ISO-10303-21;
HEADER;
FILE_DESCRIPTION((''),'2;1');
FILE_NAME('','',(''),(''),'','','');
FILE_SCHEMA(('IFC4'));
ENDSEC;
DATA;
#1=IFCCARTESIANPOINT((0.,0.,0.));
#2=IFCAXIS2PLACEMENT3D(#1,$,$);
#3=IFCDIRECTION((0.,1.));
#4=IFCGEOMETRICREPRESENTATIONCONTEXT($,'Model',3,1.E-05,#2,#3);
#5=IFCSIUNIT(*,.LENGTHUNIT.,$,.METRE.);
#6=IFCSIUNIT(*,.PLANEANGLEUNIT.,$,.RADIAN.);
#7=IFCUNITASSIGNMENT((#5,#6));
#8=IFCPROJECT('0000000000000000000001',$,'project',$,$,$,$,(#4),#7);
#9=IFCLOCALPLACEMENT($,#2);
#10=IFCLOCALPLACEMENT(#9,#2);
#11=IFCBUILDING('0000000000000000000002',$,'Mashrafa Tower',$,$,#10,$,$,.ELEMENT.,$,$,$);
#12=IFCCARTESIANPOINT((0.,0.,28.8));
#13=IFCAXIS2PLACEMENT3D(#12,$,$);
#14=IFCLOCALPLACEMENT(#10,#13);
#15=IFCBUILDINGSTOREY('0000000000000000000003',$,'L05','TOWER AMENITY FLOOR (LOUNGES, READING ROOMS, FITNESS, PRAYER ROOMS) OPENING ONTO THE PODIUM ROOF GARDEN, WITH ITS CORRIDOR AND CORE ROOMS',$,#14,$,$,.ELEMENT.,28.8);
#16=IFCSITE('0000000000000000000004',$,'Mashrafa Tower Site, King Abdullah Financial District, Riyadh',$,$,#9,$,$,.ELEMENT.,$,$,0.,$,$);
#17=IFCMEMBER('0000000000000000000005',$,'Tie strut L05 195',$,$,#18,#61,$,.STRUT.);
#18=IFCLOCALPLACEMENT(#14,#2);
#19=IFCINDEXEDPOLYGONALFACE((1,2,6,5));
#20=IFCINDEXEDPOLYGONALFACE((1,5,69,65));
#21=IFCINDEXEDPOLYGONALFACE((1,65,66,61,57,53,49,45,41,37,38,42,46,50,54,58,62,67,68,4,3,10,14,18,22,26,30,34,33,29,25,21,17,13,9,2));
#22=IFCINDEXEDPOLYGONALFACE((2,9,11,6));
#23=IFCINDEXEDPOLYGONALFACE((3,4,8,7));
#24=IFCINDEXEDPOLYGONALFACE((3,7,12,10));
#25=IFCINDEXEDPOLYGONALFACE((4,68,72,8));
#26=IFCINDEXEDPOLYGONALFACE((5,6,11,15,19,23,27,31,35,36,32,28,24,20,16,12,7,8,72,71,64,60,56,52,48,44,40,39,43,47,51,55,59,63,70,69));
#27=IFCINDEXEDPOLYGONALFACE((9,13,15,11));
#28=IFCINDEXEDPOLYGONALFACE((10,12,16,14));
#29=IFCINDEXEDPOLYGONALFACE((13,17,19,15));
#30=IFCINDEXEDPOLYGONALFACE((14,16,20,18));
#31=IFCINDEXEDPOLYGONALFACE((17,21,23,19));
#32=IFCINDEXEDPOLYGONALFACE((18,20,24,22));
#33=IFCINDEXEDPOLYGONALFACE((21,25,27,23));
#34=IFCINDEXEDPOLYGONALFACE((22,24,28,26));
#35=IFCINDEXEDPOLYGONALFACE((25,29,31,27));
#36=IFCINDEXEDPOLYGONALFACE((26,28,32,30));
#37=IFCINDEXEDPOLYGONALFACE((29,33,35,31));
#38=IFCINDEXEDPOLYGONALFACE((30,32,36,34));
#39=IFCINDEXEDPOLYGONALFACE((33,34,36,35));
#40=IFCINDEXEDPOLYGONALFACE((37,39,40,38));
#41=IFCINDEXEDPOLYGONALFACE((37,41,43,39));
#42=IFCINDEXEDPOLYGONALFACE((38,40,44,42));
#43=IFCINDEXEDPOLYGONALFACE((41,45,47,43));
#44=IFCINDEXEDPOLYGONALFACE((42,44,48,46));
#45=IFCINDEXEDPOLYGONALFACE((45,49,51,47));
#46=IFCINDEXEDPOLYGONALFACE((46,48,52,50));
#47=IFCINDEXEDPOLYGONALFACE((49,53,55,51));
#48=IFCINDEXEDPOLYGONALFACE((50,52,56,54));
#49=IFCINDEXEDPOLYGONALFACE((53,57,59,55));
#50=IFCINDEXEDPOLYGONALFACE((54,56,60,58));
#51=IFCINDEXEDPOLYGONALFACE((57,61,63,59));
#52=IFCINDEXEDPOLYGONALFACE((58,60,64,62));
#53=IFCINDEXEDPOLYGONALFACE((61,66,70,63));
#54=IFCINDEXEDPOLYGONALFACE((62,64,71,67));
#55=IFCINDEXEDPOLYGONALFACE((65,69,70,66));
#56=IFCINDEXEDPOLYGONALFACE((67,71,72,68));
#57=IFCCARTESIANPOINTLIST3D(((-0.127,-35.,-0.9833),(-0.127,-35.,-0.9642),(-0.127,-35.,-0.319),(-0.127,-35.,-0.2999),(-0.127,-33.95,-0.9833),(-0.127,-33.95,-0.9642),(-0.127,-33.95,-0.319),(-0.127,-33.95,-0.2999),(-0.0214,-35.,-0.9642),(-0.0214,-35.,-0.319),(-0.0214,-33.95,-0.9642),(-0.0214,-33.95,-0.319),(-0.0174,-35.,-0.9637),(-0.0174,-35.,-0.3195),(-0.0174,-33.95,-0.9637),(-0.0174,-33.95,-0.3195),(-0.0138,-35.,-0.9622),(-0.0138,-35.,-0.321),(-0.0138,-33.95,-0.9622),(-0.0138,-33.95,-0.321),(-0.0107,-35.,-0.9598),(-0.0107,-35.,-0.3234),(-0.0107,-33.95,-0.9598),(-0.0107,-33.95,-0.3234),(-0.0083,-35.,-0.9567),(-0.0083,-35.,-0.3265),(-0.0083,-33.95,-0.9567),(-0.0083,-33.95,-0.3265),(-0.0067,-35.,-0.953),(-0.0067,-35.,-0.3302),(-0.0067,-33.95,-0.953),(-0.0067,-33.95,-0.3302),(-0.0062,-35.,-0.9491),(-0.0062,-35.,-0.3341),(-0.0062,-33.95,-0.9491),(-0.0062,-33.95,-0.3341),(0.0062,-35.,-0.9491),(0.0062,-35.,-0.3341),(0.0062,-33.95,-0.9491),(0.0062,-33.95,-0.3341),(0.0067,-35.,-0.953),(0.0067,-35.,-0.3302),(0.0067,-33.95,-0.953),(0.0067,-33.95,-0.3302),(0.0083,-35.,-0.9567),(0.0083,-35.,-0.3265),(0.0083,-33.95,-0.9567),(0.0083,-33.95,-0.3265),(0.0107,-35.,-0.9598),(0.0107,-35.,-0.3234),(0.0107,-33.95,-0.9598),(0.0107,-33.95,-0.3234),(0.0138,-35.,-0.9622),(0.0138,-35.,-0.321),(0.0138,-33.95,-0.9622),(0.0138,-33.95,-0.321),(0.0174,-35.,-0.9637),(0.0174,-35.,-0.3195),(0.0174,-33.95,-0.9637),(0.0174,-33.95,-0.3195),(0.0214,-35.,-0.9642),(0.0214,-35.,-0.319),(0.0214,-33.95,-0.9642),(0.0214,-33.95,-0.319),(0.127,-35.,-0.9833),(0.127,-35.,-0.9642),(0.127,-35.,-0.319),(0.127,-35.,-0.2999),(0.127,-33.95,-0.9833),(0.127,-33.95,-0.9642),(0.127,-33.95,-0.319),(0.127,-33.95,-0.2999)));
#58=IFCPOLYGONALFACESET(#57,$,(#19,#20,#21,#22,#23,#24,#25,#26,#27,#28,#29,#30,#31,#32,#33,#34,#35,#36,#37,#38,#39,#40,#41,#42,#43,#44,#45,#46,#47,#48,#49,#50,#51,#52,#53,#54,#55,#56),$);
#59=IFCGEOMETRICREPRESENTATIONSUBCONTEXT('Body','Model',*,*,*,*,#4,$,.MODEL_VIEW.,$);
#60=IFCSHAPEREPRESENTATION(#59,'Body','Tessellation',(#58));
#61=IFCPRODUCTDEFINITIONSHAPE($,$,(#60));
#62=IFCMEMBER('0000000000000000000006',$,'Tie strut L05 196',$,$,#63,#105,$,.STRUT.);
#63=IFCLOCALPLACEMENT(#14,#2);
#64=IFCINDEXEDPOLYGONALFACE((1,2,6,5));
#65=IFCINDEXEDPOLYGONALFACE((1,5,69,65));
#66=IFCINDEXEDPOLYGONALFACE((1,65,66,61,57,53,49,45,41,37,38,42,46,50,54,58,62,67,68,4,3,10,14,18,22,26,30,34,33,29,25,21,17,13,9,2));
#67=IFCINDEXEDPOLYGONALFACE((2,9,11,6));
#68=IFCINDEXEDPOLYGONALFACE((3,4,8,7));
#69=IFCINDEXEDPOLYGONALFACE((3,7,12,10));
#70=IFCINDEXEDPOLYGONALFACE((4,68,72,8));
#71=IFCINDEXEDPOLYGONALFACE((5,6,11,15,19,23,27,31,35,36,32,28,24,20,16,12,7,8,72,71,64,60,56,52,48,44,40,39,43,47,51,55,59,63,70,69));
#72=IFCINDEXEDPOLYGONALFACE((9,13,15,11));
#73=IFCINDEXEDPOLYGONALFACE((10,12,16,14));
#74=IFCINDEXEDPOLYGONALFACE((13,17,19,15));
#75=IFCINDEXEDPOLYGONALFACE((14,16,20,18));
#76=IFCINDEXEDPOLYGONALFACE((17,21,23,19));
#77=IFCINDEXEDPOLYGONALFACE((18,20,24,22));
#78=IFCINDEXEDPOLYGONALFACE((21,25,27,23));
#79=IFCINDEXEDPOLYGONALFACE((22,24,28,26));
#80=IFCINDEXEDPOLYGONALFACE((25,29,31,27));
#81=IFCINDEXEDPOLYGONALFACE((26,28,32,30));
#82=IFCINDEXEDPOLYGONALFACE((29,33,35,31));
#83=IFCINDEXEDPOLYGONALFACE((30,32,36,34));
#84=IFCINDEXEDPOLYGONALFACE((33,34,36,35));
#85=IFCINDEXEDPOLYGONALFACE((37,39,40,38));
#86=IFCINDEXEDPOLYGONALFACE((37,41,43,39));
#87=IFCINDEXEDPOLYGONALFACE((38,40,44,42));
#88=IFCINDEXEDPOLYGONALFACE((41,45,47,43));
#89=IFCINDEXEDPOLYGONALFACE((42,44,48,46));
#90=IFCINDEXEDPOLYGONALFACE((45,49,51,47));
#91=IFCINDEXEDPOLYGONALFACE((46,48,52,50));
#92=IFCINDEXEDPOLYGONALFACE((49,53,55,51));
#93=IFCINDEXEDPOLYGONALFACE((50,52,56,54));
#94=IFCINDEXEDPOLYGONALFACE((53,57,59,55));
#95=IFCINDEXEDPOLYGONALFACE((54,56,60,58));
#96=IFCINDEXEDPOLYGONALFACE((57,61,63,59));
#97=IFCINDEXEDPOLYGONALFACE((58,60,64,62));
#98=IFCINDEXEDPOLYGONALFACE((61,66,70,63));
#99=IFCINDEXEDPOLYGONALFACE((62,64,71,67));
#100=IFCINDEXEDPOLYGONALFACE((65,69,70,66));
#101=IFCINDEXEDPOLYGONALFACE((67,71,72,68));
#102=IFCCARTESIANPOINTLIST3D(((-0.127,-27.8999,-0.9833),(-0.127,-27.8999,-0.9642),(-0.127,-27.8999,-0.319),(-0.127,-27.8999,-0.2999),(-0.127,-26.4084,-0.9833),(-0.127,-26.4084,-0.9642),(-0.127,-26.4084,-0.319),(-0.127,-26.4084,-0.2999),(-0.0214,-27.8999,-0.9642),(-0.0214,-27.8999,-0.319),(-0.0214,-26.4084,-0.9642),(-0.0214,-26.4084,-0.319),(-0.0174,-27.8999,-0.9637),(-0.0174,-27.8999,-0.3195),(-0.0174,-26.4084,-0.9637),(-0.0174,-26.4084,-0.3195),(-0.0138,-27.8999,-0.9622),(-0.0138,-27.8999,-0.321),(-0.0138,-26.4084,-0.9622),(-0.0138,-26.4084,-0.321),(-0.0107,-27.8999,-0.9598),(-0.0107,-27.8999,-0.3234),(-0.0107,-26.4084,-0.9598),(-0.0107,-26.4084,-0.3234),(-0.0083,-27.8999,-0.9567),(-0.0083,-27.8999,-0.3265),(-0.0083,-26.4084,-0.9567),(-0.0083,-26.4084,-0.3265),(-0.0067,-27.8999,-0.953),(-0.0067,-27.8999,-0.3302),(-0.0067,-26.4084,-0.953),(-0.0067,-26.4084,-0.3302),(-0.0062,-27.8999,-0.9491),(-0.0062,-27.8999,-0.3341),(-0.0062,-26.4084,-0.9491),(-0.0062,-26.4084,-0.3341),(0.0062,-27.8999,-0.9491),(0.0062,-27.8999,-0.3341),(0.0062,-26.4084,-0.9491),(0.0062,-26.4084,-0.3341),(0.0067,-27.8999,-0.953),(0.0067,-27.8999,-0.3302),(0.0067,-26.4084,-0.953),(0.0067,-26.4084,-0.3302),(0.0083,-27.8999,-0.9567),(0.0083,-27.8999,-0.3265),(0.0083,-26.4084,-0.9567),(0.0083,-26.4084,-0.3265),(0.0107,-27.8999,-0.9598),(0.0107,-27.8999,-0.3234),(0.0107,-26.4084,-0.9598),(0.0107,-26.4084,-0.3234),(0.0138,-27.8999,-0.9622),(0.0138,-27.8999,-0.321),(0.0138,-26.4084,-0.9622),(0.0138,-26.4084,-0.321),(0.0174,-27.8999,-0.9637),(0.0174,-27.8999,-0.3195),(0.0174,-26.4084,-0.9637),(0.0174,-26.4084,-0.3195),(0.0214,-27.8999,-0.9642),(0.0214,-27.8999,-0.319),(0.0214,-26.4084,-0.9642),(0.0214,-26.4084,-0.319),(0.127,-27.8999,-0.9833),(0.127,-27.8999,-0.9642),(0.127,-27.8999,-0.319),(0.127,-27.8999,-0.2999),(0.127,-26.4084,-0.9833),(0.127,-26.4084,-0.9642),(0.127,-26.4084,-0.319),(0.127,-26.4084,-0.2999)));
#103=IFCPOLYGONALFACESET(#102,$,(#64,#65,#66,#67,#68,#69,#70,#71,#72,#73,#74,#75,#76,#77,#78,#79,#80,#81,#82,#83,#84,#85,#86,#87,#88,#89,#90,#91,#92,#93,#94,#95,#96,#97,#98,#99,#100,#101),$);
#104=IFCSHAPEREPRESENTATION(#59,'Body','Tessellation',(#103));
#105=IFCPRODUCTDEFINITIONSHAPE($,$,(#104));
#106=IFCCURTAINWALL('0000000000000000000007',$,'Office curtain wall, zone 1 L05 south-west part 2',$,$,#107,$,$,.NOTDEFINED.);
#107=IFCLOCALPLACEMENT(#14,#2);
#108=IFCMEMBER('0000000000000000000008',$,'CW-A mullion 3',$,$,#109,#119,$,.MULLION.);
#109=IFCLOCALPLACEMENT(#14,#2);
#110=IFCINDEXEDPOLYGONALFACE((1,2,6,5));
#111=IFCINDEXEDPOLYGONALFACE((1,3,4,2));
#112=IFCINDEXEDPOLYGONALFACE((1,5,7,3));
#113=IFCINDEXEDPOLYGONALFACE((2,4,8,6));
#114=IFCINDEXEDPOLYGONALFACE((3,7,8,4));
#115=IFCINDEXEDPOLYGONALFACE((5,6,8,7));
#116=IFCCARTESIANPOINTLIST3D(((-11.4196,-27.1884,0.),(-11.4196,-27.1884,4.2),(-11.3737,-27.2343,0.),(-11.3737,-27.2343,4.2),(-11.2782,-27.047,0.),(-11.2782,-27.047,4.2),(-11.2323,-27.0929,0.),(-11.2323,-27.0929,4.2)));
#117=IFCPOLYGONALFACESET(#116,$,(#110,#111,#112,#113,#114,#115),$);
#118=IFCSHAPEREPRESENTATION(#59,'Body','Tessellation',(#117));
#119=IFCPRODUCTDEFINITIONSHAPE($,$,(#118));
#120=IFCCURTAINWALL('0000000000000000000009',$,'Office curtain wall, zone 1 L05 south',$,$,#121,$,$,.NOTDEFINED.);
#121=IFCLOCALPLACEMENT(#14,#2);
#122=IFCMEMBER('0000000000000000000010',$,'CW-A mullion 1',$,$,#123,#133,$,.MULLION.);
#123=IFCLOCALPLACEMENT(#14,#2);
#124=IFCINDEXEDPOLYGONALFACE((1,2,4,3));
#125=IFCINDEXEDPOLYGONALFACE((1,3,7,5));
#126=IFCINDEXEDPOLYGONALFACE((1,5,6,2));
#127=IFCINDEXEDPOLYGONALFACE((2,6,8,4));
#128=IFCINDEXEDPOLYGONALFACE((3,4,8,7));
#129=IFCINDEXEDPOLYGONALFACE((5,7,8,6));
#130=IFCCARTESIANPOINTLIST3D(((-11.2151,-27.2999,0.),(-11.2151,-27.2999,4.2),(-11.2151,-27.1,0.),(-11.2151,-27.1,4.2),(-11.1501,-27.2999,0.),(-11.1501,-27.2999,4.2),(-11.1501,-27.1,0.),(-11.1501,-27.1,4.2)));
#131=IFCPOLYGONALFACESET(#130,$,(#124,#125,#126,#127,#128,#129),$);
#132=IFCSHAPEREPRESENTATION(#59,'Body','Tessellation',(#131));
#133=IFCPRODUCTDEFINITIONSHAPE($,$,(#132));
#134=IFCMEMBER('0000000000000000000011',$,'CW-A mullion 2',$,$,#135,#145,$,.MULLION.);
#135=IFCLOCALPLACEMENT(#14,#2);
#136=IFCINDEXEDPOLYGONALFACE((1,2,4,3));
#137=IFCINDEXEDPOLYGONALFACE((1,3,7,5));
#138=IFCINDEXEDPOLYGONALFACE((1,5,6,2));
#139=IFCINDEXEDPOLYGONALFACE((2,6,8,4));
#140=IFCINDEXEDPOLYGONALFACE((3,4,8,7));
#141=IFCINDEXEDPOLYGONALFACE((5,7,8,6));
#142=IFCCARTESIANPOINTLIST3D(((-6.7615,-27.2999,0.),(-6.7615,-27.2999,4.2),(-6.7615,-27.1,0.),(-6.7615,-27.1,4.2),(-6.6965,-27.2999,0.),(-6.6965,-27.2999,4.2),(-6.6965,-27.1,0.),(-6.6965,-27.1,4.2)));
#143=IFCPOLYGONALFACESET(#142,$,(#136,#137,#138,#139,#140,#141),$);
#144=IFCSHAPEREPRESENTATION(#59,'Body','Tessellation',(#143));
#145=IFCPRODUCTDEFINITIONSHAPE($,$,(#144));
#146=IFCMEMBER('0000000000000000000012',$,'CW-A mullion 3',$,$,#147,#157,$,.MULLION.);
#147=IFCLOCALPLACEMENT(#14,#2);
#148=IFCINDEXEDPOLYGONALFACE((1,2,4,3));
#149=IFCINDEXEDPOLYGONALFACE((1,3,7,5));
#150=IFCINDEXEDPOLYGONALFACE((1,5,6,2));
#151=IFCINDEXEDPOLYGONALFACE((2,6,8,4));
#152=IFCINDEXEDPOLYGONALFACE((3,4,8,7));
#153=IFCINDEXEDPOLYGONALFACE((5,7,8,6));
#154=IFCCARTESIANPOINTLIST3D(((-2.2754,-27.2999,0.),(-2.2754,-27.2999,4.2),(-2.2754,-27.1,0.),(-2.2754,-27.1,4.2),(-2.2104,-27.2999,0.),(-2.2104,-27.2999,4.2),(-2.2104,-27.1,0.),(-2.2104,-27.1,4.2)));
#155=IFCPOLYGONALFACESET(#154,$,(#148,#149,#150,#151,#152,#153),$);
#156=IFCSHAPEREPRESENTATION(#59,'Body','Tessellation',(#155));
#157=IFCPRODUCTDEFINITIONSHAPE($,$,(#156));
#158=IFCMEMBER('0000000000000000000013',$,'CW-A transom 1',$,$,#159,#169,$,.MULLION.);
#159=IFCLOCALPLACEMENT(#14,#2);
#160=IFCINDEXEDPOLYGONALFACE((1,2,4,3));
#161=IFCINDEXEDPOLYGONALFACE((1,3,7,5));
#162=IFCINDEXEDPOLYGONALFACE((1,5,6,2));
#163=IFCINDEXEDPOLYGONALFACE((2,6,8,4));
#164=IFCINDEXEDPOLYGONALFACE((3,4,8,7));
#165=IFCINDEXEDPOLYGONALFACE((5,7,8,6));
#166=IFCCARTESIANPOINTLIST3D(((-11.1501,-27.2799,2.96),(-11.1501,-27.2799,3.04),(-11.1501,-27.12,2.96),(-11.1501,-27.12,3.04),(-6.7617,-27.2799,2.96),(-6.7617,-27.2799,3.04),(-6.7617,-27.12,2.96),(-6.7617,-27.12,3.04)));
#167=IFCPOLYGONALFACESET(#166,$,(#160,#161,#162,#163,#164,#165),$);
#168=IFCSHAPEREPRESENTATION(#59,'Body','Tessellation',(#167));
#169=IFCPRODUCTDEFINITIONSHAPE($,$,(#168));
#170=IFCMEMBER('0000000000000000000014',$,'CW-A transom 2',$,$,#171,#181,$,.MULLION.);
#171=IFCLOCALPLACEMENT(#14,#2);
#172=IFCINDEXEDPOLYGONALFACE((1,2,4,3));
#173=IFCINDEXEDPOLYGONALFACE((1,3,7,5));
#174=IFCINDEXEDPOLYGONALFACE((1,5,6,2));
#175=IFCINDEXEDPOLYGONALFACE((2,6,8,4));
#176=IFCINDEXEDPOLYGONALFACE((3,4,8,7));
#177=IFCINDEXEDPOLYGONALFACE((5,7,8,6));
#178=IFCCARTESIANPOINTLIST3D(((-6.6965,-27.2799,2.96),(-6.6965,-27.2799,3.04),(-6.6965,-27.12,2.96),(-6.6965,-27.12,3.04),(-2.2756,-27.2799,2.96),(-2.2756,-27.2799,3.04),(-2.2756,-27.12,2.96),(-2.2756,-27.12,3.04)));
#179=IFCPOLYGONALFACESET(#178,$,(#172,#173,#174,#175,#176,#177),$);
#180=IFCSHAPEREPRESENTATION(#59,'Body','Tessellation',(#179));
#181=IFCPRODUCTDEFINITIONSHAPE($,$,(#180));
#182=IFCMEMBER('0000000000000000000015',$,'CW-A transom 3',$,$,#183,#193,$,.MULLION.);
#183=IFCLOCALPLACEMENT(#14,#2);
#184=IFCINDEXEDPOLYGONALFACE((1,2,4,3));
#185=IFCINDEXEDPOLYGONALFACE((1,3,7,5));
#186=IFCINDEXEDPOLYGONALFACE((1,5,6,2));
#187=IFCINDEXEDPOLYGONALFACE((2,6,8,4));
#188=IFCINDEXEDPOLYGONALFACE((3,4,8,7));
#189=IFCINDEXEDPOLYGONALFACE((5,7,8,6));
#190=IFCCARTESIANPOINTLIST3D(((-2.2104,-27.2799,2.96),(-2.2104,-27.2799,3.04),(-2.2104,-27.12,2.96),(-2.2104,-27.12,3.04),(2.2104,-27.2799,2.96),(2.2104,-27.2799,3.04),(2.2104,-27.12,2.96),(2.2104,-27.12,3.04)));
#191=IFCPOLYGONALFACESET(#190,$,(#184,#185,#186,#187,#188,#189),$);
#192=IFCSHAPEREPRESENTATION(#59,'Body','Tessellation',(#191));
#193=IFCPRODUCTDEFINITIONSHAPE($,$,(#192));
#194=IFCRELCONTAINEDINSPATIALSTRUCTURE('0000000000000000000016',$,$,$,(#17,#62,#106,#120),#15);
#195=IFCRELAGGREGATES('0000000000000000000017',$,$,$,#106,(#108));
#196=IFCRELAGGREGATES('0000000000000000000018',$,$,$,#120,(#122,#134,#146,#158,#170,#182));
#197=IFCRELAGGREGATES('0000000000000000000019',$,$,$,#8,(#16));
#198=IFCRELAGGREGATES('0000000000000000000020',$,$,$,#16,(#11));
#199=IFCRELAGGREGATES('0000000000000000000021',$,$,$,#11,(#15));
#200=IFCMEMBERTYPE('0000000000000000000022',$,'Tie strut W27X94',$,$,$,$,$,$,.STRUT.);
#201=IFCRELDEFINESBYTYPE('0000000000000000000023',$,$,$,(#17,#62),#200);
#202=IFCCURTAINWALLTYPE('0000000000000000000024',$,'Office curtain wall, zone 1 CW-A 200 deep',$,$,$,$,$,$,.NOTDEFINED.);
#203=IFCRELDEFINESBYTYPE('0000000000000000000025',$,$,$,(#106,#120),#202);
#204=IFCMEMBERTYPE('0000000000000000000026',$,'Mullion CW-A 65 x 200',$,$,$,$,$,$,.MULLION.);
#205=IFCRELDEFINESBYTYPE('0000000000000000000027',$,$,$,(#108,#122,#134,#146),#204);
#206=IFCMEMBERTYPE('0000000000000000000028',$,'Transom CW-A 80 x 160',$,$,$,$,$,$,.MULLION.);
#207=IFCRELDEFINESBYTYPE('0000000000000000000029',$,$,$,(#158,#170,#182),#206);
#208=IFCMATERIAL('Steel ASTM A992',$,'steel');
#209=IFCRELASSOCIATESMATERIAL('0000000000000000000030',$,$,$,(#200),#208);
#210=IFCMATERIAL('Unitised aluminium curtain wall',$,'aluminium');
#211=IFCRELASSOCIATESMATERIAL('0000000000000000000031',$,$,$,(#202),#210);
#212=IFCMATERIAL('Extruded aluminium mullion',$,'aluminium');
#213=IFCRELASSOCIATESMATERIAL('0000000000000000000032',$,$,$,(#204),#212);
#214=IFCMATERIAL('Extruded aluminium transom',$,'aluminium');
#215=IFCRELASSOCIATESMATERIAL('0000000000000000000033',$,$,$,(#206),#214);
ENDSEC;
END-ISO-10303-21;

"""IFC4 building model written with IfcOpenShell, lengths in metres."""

from ifc_helpers import new_model, si_unit, direction, frame, origin, origin_2d, place, context, subcontext, project, spatial, rectangle, i_section, extrude, source, transform, mapped, material, material_profile, profile_set, type_object, type_shapes, element, aggregate, save


model = new_model("IFC4")

# Units and contexts
model_context = context("Model", 3, precision=1e-05, world=origin(), true_north=direction((0.0, 1.0)))
body_context = subcontext(model_context, "Body", "Model", "MODEL_VIEW")
ifc_project = project(units=[si_unit("LENGTHUNIT", "METRE"), si_unit("PLANEANGLEUNIT", "RADIAN")], contexts=[model_context])

# Site, building, storey
site_placement = place(None, origin())
site = spatial("IfcSite", under=ifc_project, at=site_placement, Name="Mashrafa Tower Site, King Abdullah Financial District, Riyadh", CompositionType="ELEMENT", RefElevation=0.0)
building_placement = place(site_placement, origin())
building = spatial("IfcBuilding", under=site, at=building_placement, Name="Mashrafa Tower", CompositionType="ELEMENT")
storey_placement = place(building_placement, frame((0.0, 0.0, 28.8)))
storey = spatial("IfcBuildingStorey", under=building, at=storey_placement, Name="L05", Description="TOWER AMENITY FLOOR (LOUNGES, READING ROOMS, FITNESS, PRAYER ROOMS) OPENING ONTO THE PODIUM ROOF GARDEN, WITH ITS CORRIDOR AND CORE ROOMS", CompositionType="ELEMENT", Elevation=28.8)

# Members
ifc_material_1 = material(Name="Steel ASTM A992", Category="steel")
ifc_material_profile_1 = material_profile(ifc_material_1, i_section(OverallWidth=0.2539, OverallDepth=0.6833, WebThickness=0.0125, FlangeThickness=0.019, FilletRadius=0.0151, at=origin_2d()), Name="W27X94")
ifc_profile_set_1 = profile_set([ifc_material_profile_1], Name="Steel ASTM A992")
member_type_1 = type_object("IfcMemberType", Name="Tie strut W27X94", PredefinedType="STRUT", material=ifc_profile_set_1)
shared_shape_1 = source(origin(), body_context, "Body", "SweptSolid", [
    extrude(i_section(OverallWidth=0.2539, OverallDepth=0.6833, WebThickness=0.0125, FlangeThickness=0.019, FilletRadius=0.0151, at=origin_2d()), origin(), (0.0, 0.0, 1.0), 1.05),
])
member_1_placement = place(storey_placement, frame((0.0, -33.95, -0.6416), z_axis=(0.0, -1.0, 0.0), x_axis=(1.0, 0.0, 0.0)))
element("IfcMember", 1, at=member_1_placement, inside=storey, type_object=member_type_1, Name="Tie strut L05 195", PredefinedType="STRUT", context=body_context, shape_type="MappedRepresentation", body=[
    mapped(shared_shape_1, transform((0.0, 0.0, 0.0))),
])
shared_shape_2 = source(origin(), body_context, "Body", "SweptSolid", [
    extrude(i_section(OverallWidth=0.2539, OverallDepth=0.6833, WebThickness=0.0125, FlangeThickness=0.019, FilletRadius=0.0151, at=origin_2d()), origin(), (0.0, 0.0, 1.0), 1.4915),
])
type_shapes(member_type_1, [shared_shape_1, shared_shape_2])
member_2_placement = place(storey_placement, frame((0.0, -26.4084, -0.6416), z_axis=(0.0, -1.0, 0.0), x_axis=(1.0, 0.0, 0.0)))
element("IfcMember", 2, at=member_2_placement, inside=storey, type_object=member_type_1, Name="Tie strut L05 196", PredefinedType="STRUT", context=body_context, shape_type="MappedRepresentation", body=[
    mapped(shared_shape_2, transform((0.0, 0.0, 0.0))),
])

# Curtain wall, member
ifc_material_2 = material(Name="Unitised aluminium curtain wall", Category="aluminium")
curtain_wall_type = type_object("IfcCurtainWallType", Name="Office curtain wall, zone 1 CW-A 200 deep", PredefinedType="NOTDEFINED", material=ifc_material_2)
curtain_wall_1_placement = place(storey_placement, origin())
curtain_wall_1 = element("IfcCurtainWall", 3, at=curtain_wall_1_placement, inside=storey, type_object=curtain_wall_type, Name="Office curtain wall, zone 1 L05 south-west part 2", PredefinedType="NOTDEFINED")
ifc_material_3 = material(Name="Extruded aluminium mullion", Category="aluminium")
ifc_material_profile_2 = material_profile(ifc_material_3, rectangle(XDim=0.2, YDim=0.0649, at=origin_2d()), Name="Mullion 65x200")
ifc_profile_set_2 = profile_set([ifc_material_profile_2], Name="Extruded aluminium mullion")
member_type_2 = type_object("IfcMemberType", Name="Mullion CW-A 65 x 200", PredefinedType="MULLION", material=ifc_profile_set_2)
shared_shape_3 = source(origin(), body_context, "Body", "SweptSolid", [
    extrude(rectangle(XDim=0.2, YDim=0.0649, at=origin_2d()), origin(), (0.0, 0.0, 1.0), 4.2),
])
type_shapes(member_type_2, [shared_shape_3])
member_3_placement = place(storey_placement, frame((-11.3259, -27.1406, 0.0), z_axis=(0.0, 0.0, 1.0), x_axis=(0.707107, 0.707107, 0.0)))
member_3 = element("IfcMember", 4, at=member_3_placement, type_object=member_type_2, Name="CW-A mullion 3", PredefinedType="MULLION", context=body_context, shape_type="MappedRepresentation", body=[
    mapped(shared_shape_3, transform((0.0, 0.0, 0.0))),
])

# Curtain wall, members
curtain_wall_2_placement = place(storey_placement, origin())
curtain_wall_2 = element("IfcCurtainWall", 5, at=curtain_wall_2_placement, inside=storey, type_object=curtain_wall_type, Name="Office curtain wall, zone 1 L05 south", PredefinedType="NOTDEFINED")
member_4_placement = place(storey_placement, frame((-11.1826, -27.2, 0.0), z_axis=(0.0, 0.0, 1.0), x_axis=(0.0, 1.0, 0.0)))
member_4 = element("IfcMember", 6, at=member_4_placement, type_object=member_type_2, Name="CW-A mullion 1", PredefinedType="MULLION", context=body_context, shape_type="MappedRepresentation", body=[
    mapped(shared_shape_3, transform((0.0, 0.0, 0.0))),
])
member_5_placement = place(storey_placement, frame((-6.729, -27.2, 0.0), z_axis=(0.0, 0.0, 1.0), x_axis=(0.0, 1.0, 0.0)))
member_5 = element("IfcMember", 7, at=member_5_placement, type_object=member_type_2, Name="CW-A mullion 2", PredefinedType="MULLION", context=body_context, shape_type="MappedRepresentation", body=[
    mapped(shared_shape_3, transform((0.0, 0.0, 0.0))),
])
member_6_placement = place(storey_placement, frame((-2.2429, -27.2, 0.0), z_axis=(0.0, 0.0, 1.0), x_axis=(0.0, 1.0, 0.0)))
member_6 = element("IfcMember", 8, at=member_6_placement, type_object=member_type_2, Name="CW-A mullion 3", PredefinedType="MULLION", context=body_context, shape_type="MappedRepresentation", body=[
    mapped(shared_shape_3, transform((0.0, 0.0, 0.0))),
])
ifc_material_4 = material(Name="Extruded aluminium transom", Category="aluminium")
ifc_material_profile_3 = material_profile(ifc_material_4, rectangle(XDim=0.1599, YDim=0.0801, at=origin_2d()), Name="Transom 80x160")
ifc_profile_set_3 = profile_set([ifc_material_profile_3], Name="Extruded aluminium transom")
member_type_3 = type_object("IfcMemberType", Name="Transom CW-A 80 x 160", PredefinedType="MULLION", material=ifc_profile_set_3)
shared_shape_4 = source(origin(), body_context, "Body", "SweptSolid", [
    extrude(rectangle(XDim=0.1599, YDim=0.0801, at=origin_2d()), origin(), (0.0, 0.0, 1.0), 4.3884),
])
member_7_placement = place(storey_placement, frame((-11.1501, -27.2, 3.0), z_axis=(1.0, 0.0, 0.0), x_axis=(0.0, 1.0, 0.0)))
member_7 = element("IfcMember", 9, at=member_7_placement, type_object=member_type_3, Name="CW-A transom 1", PredefinedType="MULLION", context=body_context, shape_type="MappedRepresentation", body=[
    mapped(shared_shape_4, transform((0.0, 0.0, 0.0))),
])
shared_shape_5 = source(origin(), body_context, "Body", "SweptSolid", [
    extrude(rectangle(XDim=0.1599, YDim=0.0801, at=origin_2d()), origin(), (0.0, 0.0, 1.0), 4.4209),
])
member_8_placement = place(storey_placement, frame((-6.6965, -27.2, 3.0), z_axis=(1.0, 0.0, 0.0), x_axis=(0.0, 1.0, 0.0)))
member_8 = element("IfcMember", 10, at=member_8_placement, type_object=member_type_3, Name="CW-A transom 2", PredefinedType="MULLION", context=body_context, shape_type="MappedRepresentation", body=[
    mapped(shared_shape_5, transform((0.0, 0.0, 0.0))),
])
member_9_placement = place(storey_placement, frame((-2.2104, -27.2, 3.0), z_axis=(1.0, 0.0, 0.0), x_axis=(0.0, 1.0, 0.0)))
member_9 = element("IfcMember", 11, at=member_9_placement, type_object=member_type_3, Name="CW-A transom 3", PredefinedType="MULLION", context=body_context, shape_type="MappedRepresentation", body=[
    mapped(shared_shape_5, transform((0.0, 0.0, 0.0))),
])

aggregate(curtain_wall_1, [member_3])
aggregate(curtain_wall_2, [member_4, member_5, member_6, member_7, member_8, member_9])

save(model, "model.ifc")
